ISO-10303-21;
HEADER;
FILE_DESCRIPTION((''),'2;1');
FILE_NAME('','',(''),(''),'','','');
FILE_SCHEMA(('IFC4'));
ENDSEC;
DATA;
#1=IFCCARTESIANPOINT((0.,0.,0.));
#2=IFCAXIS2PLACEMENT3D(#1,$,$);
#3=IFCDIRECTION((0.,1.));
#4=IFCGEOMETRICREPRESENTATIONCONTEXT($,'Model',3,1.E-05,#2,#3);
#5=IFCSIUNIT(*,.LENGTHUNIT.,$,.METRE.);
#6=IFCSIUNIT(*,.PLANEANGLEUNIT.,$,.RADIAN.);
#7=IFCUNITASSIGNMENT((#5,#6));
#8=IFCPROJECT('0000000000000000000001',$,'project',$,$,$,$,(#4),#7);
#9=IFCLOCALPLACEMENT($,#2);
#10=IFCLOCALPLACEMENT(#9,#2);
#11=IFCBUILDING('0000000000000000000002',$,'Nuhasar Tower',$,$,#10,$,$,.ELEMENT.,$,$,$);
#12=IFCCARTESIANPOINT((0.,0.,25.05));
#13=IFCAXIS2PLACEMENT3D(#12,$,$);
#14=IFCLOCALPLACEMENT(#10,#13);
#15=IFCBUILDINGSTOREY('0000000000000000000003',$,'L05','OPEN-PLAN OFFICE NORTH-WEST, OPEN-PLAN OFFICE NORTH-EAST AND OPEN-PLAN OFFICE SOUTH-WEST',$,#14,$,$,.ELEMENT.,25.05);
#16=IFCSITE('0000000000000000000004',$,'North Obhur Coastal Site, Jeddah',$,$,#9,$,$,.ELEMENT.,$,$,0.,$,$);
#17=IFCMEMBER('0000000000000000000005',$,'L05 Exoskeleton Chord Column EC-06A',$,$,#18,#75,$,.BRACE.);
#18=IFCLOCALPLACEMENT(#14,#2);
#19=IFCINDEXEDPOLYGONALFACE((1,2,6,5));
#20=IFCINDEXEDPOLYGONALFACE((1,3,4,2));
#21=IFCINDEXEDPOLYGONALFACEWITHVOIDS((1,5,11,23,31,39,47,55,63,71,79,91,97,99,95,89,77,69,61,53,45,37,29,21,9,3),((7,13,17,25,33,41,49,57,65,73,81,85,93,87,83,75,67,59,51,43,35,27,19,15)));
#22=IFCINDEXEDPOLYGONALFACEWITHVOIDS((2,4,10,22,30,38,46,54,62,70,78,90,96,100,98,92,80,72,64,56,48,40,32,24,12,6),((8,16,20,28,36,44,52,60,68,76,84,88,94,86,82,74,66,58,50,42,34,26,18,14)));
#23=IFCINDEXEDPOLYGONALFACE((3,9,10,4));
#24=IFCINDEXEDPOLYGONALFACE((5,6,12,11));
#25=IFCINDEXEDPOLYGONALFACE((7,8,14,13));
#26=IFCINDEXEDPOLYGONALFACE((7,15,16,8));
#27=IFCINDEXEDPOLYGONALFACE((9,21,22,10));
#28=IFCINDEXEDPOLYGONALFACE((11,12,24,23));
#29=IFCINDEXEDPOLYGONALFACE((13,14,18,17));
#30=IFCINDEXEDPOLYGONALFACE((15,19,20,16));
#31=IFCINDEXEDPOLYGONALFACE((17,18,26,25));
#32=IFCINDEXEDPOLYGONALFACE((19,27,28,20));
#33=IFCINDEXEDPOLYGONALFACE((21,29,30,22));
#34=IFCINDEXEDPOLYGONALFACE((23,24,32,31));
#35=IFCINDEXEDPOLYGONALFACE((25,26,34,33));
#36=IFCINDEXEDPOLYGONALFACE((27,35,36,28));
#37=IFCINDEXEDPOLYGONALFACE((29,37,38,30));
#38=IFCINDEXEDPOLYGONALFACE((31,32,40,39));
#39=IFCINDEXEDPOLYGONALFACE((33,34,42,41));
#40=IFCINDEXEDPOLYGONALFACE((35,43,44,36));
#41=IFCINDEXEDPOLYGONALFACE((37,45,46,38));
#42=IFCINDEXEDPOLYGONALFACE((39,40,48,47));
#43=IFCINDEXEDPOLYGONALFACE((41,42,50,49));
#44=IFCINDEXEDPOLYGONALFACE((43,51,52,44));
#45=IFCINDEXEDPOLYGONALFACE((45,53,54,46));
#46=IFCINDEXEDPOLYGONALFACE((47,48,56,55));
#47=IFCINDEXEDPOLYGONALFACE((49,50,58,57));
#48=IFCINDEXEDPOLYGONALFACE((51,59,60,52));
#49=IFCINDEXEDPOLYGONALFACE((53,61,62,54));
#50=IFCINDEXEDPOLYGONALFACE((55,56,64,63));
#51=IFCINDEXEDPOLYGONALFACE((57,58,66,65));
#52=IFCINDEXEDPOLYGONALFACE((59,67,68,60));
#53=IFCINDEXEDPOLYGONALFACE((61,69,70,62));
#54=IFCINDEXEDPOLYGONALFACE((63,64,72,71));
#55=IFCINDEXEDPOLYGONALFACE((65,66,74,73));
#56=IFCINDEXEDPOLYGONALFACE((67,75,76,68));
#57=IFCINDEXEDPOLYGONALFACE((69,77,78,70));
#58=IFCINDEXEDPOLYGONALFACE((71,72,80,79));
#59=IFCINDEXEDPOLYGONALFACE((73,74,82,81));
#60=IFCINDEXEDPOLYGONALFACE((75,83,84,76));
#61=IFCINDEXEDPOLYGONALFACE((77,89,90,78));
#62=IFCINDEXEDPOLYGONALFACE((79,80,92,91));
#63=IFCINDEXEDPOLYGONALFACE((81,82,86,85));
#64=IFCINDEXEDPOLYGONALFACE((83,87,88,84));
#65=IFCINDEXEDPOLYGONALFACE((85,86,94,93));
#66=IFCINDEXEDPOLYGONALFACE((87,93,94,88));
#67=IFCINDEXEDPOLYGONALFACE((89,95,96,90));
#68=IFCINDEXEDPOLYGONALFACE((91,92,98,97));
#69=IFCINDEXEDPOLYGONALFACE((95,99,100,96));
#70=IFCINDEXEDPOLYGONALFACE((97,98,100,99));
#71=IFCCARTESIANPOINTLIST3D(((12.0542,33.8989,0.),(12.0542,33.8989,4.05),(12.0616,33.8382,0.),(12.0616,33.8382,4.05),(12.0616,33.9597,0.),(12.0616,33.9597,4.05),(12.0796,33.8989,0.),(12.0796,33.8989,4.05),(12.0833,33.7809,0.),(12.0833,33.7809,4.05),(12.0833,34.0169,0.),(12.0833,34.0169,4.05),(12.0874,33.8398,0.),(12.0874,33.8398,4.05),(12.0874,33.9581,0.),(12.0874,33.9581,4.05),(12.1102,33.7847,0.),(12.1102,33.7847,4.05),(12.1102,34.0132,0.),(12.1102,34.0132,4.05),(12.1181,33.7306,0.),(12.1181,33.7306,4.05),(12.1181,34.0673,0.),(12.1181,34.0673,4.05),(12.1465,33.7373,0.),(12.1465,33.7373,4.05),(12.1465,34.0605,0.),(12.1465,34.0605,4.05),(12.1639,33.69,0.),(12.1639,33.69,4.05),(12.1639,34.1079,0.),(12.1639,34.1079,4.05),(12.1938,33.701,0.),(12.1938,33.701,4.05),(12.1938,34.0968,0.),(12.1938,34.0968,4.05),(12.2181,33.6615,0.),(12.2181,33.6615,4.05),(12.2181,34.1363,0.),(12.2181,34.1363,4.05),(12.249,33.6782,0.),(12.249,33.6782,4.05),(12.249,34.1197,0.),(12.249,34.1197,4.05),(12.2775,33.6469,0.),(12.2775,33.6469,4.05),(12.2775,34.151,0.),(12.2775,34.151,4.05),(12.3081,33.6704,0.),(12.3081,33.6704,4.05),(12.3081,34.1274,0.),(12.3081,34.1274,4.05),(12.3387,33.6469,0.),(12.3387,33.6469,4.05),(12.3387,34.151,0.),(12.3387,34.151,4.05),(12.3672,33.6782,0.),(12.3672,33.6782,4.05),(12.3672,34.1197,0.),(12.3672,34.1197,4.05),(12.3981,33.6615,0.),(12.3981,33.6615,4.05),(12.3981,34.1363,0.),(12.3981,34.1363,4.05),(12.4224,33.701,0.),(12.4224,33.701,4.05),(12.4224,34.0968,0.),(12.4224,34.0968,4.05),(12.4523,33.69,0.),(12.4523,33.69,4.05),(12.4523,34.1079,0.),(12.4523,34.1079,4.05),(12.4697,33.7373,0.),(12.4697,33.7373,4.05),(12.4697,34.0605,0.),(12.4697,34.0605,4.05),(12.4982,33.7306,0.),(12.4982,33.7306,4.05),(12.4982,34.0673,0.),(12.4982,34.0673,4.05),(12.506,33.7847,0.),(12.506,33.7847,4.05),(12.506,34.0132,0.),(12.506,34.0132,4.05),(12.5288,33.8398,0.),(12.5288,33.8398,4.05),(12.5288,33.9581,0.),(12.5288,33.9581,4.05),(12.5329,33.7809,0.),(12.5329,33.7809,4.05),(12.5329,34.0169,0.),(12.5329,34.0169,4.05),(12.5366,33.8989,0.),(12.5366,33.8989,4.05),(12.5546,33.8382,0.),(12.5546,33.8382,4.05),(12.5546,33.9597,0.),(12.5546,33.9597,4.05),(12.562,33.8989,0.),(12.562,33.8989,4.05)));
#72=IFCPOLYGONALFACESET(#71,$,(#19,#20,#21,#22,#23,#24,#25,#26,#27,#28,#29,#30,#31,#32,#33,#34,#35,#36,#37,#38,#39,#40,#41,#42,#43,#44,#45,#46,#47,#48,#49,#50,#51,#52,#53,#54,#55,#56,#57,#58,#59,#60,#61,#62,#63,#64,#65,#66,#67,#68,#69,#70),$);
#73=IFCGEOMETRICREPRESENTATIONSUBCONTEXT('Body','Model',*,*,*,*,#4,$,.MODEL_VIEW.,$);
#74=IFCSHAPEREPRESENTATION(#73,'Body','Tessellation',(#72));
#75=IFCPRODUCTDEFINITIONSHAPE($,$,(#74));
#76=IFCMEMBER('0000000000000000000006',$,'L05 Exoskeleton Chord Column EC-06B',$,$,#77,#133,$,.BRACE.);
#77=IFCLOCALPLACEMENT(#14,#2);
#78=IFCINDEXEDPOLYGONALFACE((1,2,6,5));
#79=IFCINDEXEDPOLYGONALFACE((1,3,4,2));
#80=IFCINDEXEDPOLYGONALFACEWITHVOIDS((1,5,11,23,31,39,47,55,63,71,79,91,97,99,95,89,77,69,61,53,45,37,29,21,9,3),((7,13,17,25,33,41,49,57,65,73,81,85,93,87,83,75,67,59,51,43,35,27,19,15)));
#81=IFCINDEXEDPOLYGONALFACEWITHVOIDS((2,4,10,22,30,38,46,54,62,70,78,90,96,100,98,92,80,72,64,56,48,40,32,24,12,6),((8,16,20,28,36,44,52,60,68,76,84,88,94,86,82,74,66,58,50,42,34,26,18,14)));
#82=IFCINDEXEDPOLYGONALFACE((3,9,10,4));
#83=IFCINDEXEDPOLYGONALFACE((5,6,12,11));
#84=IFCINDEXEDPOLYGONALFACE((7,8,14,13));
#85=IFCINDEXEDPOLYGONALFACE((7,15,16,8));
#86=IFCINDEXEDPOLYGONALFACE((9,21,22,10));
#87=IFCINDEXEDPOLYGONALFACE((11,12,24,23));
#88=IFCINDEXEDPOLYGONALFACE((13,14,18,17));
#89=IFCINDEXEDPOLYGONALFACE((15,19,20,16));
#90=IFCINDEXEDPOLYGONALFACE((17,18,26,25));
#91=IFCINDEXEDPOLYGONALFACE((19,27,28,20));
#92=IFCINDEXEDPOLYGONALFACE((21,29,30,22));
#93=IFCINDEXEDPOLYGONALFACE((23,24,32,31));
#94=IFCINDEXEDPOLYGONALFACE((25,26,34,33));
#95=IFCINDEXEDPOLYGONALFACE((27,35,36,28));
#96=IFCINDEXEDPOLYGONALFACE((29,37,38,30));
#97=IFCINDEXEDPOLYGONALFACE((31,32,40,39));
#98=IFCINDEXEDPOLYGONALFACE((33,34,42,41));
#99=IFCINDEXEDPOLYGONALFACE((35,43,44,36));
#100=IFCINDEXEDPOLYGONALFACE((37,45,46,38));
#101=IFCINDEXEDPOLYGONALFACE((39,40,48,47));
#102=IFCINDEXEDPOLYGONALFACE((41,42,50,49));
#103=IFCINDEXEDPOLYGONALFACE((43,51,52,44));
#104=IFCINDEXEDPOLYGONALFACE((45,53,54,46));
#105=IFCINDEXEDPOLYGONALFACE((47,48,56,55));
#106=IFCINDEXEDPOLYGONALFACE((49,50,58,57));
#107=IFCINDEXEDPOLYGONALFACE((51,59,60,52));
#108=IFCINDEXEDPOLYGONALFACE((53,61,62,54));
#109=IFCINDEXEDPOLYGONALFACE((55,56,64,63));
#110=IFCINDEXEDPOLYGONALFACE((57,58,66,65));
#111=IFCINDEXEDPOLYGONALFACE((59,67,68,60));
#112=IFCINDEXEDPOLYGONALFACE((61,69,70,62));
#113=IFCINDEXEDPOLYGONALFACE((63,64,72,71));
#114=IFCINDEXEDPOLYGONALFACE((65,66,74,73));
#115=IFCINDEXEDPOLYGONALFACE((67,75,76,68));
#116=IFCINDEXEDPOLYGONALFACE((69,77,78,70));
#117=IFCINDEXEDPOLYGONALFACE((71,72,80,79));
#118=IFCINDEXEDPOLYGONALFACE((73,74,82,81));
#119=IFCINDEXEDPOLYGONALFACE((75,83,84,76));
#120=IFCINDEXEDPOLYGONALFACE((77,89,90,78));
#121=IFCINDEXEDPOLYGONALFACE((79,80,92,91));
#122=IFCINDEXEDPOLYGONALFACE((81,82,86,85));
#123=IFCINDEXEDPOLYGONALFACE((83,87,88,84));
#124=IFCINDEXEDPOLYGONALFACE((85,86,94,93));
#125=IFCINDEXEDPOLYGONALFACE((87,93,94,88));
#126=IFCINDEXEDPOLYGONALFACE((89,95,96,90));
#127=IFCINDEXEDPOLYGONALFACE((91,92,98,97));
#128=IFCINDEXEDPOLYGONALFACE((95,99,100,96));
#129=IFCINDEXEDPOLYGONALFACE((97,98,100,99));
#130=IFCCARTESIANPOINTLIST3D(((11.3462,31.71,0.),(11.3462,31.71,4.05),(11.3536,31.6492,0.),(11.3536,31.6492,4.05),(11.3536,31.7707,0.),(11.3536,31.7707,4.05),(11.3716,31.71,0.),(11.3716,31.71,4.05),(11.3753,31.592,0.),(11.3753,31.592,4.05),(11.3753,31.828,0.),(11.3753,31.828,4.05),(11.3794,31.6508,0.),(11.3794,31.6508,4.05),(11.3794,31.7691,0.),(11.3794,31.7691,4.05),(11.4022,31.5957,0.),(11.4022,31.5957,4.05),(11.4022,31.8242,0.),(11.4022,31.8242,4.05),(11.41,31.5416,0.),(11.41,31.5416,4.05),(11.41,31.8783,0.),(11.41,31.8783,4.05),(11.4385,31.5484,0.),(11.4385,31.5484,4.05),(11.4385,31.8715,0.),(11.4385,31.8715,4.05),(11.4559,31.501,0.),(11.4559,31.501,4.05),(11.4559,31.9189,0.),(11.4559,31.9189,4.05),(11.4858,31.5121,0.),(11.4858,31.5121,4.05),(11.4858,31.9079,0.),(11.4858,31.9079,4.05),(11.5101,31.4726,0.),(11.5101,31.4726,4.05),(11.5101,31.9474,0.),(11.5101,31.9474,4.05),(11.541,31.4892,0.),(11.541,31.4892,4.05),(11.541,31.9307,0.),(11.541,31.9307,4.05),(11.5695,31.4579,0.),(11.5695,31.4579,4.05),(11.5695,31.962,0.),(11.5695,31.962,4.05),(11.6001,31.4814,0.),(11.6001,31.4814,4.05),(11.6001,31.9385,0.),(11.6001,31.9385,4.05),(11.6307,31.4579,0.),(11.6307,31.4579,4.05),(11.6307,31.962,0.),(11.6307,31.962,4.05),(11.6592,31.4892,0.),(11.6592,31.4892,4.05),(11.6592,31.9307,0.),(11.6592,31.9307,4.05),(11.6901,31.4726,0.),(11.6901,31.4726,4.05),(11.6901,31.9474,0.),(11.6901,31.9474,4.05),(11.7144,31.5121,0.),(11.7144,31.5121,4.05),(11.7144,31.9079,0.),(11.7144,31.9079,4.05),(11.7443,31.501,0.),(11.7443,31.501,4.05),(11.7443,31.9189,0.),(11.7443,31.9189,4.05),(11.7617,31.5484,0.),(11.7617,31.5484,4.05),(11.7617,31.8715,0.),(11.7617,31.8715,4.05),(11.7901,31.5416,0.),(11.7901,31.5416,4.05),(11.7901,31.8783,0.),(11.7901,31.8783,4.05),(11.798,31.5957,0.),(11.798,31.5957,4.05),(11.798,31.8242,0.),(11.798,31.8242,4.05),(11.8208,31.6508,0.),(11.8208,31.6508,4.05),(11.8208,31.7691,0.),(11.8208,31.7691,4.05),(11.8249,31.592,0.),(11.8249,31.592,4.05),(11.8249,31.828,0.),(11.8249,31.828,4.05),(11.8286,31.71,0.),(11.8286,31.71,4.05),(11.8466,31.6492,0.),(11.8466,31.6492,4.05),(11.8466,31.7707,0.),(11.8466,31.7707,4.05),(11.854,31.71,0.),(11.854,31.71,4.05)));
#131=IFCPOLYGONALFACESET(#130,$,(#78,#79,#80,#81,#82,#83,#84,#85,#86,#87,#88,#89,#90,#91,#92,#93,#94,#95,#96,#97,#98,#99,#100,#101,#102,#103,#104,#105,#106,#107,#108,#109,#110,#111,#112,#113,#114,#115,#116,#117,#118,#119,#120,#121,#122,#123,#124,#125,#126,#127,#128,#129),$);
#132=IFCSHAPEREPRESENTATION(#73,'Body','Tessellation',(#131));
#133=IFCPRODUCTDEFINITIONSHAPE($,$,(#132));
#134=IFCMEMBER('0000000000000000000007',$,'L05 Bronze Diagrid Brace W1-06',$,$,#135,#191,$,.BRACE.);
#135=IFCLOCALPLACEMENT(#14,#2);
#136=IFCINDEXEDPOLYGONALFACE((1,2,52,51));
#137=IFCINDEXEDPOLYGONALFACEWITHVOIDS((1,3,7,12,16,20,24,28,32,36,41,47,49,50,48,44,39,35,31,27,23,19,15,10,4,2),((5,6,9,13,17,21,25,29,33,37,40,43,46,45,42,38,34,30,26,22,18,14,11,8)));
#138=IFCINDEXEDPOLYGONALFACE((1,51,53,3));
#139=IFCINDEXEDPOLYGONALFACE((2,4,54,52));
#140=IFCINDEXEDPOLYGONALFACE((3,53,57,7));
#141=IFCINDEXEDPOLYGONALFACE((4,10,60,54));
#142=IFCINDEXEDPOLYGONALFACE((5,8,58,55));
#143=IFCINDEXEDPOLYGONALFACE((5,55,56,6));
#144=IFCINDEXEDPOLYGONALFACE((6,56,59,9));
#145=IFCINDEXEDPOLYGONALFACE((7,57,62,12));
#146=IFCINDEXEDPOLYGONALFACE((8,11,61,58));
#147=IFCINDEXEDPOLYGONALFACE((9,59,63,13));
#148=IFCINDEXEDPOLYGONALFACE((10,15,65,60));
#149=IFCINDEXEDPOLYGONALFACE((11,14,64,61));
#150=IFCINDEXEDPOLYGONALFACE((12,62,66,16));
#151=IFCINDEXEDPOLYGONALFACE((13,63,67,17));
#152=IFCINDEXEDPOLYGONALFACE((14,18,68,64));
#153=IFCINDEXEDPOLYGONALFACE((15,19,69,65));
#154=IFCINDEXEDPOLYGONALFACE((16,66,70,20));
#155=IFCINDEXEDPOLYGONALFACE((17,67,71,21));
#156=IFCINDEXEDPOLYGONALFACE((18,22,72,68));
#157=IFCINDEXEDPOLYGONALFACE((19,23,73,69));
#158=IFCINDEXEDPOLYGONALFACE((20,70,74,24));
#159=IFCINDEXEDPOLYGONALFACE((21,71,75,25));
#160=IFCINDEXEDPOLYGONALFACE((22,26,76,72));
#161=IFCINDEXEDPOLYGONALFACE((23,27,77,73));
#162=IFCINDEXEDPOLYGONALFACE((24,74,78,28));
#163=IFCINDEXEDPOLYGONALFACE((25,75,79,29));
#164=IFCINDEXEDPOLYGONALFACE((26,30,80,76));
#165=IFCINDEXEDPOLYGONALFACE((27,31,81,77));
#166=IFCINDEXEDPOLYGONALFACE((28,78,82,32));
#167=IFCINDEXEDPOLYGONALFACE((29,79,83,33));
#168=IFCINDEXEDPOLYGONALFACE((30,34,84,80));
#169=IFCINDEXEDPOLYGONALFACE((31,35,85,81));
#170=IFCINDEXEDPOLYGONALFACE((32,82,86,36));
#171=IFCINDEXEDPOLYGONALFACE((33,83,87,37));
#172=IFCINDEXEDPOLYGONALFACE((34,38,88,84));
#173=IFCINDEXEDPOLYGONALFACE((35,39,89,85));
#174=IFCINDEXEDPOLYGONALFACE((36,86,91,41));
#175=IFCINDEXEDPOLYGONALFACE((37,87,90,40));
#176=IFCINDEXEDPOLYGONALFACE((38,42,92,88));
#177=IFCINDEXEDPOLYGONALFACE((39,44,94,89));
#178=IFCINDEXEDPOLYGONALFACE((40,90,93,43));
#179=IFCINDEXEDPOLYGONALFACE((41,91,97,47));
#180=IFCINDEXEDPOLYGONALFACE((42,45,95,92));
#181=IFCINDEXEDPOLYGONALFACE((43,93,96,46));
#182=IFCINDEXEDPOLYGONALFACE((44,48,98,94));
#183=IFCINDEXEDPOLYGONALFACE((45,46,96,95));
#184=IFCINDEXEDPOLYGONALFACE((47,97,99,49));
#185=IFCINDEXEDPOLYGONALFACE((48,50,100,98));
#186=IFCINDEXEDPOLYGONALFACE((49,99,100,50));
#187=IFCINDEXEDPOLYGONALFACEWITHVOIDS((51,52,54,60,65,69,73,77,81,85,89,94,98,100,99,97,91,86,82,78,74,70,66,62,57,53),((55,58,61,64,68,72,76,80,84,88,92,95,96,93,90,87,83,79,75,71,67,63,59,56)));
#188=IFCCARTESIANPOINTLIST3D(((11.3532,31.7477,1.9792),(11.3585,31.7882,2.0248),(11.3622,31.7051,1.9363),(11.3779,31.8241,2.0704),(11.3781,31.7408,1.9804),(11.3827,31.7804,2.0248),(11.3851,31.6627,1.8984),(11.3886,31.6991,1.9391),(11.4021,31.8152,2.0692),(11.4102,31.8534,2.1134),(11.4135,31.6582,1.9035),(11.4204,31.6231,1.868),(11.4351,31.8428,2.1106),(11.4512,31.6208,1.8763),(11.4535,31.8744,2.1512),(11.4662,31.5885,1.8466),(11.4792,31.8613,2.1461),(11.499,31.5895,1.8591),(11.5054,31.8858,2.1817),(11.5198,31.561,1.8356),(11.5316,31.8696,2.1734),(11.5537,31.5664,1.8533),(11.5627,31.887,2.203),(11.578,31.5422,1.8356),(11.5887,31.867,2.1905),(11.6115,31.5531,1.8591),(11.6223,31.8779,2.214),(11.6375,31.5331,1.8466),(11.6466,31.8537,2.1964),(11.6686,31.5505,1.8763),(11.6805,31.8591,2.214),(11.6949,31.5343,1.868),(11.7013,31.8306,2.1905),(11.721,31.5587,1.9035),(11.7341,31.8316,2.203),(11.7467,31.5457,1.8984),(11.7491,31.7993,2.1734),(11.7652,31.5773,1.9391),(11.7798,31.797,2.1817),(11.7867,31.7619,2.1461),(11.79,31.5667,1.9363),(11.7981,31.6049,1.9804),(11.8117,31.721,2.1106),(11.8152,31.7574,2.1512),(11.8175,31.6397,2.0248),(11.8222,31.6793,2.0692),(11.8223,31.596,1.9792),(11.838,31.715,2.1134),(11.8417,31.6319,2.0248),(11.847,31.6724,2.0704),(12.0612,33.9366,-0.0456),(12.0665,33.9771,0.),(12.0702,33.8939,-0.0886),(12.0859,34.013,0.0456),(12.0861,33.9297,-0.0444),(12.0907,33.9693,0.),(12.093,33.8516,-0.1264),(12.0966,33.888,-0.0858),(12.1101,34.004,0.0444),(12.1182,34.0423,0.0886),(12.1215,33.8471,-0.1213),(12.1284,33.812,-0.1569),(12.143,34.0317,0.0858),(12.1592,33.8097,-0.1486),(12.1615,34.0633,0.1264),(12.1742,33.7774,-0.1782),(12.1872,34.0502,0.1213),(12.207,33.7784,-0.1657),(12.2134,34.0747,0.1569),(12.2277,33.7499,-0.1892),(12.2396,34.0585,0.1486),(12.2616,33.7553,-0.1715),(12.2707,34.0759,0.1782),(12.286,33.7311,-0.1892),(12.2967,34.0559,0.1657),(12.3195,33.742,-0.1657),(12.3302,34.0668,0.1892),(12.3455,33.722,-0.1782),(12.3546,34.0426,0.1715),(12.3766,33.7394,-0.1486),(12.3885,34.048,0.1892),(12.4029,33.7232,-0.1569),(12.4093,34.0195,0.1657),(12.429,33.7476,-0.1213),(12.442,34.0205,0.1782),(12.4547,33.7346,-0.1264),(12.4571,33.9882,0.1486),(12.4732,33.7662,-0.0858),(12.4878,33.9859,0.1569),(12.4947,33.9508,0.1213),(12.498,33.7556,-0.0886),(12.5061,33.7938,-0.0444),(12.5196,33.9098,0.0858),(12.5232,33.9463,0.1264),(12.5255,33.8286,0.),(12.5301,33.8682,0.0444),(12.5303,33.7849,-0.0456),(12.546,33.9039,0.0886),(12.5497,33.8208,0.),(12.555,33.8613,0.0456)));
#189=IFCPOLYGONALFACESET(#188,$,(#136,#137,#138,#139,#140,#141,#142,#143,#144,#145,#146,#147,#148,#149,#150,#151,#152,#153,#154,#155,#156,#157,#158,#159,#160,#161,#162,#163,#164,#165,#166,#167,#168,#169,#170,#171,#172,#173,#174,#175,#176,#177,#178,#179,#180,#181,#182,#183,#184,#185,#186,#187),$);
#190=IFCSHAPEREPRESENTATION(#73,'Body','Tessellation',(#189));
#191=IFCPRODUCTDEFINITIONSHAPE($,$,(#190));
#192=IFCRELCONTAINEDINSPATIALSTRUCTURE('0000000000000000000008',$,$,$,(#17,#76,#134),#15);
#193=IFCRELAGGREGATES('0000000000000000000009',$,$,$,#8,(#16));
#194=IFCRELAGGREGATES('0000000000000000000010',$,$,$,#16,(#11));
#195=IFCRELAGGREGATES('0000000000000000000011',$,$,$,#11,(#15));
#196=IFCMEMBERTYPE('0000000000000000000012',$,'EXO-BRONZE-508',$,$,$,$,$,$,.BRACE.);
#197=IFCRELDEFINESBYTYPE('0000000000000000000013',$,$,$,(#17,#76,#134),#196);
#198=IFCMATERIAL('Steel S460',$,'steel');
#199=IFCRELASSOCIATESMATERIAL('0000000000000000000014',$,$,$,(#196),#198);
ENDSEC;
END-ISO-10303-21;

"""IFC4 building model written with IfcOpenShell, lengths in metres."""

from ifc_helpers import new_model, si_unit, direction, frame, origin, origin_2d, place, context, subcontext, project, spatial, hollow_circle, extrude, material, material_profile, profile_set, type_object, element, save


model = new_model("IFC4")

# Units and contexts
model_context = context("Model", 3, precision=1e-05, world=origin(), true_north=direction((0.0, 1.0)))
body_context = subcontext(model_context, "Body", "Model", "MODEL_VIEW")
ifc_project = project(units=[si_unit("LENGTHUNIT", "METRE"), si_unit("PLANEANGLEUNIT", "RADIAN")], contexts=[model_context])

# Site, building, storey
site_placement = place(None, origin())
site = spatial("IfcSite", under=ifc_project, at=site_placement, Name="North Obhur Coastal Site, Jeddah", CompositionType="ELEMENT", RefElevation=0.0)
building_placement = place(site_placement, origin())
building = spatial("IfcBuilding", under=site, at=building_placement, Name="Nuhasar Tower", CompositionType="ELEMENT")
storey_placement = place(building_placement, frame((0.0, 0.0, 25.05)))
storey = spatial("IfcBuildingStorey", under=building, at=storey_placement, Name="L05", Description="OPEN-PLAN OFFICE NORTH-WEST, OPEN-PLAN OFFICE NORTH-EAST AND OPEN-PLAN OFFICE SOUTH-WEST", CompositionType="ELEMENT", Elevation=25.05)

# Members
ifc_material_1 = material(Name="Steel S460", Category="steel")
ifc_material_profile_1 = material_profile(ifc_material_1, hollow_circle(Radius=0.2539, WallThickness=0.0254, at=origin_2d()), Name="HSS508X25.4")
ifc_profile_set_1 = profile_set([ifc_material_profile_1], Name="Steel S460")
member_type_1 = type_object("IfcMemberType", Name="EXO-BRONZE-508", PredefinedType="BRACE", material=ifc_profile_set_1)
for number, where, z_axis, x_axis, name in (
    (1, (12.3081, 33.8989, 0.0), (0.0, 0.0, 1.0), (1.0, 0.0, 0.0), "L05 Exoskeleton Chord Column EC-06A"),
    (2, (11.6001, 31.71, 0.0), (0.0, 0.0, 1.0), (1.0, 0.0, 0.0), "L05 Exoskeleton Chord Column EC-06B"),
):
    element("IfcMember", number, at=place(storey_placement, frame(where, z_axis=z_axis, x_axis=x_axis)), inside=storey, type_object=member_type_1, Name=name, PredefinedType="BRACE", context=body_context, shape_type="SweptSolid", body=[
        extrude(hollow_circle(Radius=0.2539, WallThickness=0.0254, at=origin_2d()), origin(), (0.0, 0.0, 1.0), 4.05),
    ])
member_1_placement = place(storey_placement, frame((12.3081, 33.8989, 0.0), z_axis=(-0.231012, -0.714225, 0.660694), x_axis=(0.951468, -0.307747, 0.0)))
element("IfcMember", 3, at=member_1_placement, inside=storey, type_object=member_type_1, Name="L05 Bronze Diagrid Brace W1-06", PredefinedType="BRACE", context=body_context, shape_type="SweptSolid", body=[
    extrude(hollow_circle(Radius=0.2539, WallThickness=0.0254, at=origin_2d()), origin(), (0.0, 0.0, 1.0), 3.0647),
])

save(model, "model.ifc")
